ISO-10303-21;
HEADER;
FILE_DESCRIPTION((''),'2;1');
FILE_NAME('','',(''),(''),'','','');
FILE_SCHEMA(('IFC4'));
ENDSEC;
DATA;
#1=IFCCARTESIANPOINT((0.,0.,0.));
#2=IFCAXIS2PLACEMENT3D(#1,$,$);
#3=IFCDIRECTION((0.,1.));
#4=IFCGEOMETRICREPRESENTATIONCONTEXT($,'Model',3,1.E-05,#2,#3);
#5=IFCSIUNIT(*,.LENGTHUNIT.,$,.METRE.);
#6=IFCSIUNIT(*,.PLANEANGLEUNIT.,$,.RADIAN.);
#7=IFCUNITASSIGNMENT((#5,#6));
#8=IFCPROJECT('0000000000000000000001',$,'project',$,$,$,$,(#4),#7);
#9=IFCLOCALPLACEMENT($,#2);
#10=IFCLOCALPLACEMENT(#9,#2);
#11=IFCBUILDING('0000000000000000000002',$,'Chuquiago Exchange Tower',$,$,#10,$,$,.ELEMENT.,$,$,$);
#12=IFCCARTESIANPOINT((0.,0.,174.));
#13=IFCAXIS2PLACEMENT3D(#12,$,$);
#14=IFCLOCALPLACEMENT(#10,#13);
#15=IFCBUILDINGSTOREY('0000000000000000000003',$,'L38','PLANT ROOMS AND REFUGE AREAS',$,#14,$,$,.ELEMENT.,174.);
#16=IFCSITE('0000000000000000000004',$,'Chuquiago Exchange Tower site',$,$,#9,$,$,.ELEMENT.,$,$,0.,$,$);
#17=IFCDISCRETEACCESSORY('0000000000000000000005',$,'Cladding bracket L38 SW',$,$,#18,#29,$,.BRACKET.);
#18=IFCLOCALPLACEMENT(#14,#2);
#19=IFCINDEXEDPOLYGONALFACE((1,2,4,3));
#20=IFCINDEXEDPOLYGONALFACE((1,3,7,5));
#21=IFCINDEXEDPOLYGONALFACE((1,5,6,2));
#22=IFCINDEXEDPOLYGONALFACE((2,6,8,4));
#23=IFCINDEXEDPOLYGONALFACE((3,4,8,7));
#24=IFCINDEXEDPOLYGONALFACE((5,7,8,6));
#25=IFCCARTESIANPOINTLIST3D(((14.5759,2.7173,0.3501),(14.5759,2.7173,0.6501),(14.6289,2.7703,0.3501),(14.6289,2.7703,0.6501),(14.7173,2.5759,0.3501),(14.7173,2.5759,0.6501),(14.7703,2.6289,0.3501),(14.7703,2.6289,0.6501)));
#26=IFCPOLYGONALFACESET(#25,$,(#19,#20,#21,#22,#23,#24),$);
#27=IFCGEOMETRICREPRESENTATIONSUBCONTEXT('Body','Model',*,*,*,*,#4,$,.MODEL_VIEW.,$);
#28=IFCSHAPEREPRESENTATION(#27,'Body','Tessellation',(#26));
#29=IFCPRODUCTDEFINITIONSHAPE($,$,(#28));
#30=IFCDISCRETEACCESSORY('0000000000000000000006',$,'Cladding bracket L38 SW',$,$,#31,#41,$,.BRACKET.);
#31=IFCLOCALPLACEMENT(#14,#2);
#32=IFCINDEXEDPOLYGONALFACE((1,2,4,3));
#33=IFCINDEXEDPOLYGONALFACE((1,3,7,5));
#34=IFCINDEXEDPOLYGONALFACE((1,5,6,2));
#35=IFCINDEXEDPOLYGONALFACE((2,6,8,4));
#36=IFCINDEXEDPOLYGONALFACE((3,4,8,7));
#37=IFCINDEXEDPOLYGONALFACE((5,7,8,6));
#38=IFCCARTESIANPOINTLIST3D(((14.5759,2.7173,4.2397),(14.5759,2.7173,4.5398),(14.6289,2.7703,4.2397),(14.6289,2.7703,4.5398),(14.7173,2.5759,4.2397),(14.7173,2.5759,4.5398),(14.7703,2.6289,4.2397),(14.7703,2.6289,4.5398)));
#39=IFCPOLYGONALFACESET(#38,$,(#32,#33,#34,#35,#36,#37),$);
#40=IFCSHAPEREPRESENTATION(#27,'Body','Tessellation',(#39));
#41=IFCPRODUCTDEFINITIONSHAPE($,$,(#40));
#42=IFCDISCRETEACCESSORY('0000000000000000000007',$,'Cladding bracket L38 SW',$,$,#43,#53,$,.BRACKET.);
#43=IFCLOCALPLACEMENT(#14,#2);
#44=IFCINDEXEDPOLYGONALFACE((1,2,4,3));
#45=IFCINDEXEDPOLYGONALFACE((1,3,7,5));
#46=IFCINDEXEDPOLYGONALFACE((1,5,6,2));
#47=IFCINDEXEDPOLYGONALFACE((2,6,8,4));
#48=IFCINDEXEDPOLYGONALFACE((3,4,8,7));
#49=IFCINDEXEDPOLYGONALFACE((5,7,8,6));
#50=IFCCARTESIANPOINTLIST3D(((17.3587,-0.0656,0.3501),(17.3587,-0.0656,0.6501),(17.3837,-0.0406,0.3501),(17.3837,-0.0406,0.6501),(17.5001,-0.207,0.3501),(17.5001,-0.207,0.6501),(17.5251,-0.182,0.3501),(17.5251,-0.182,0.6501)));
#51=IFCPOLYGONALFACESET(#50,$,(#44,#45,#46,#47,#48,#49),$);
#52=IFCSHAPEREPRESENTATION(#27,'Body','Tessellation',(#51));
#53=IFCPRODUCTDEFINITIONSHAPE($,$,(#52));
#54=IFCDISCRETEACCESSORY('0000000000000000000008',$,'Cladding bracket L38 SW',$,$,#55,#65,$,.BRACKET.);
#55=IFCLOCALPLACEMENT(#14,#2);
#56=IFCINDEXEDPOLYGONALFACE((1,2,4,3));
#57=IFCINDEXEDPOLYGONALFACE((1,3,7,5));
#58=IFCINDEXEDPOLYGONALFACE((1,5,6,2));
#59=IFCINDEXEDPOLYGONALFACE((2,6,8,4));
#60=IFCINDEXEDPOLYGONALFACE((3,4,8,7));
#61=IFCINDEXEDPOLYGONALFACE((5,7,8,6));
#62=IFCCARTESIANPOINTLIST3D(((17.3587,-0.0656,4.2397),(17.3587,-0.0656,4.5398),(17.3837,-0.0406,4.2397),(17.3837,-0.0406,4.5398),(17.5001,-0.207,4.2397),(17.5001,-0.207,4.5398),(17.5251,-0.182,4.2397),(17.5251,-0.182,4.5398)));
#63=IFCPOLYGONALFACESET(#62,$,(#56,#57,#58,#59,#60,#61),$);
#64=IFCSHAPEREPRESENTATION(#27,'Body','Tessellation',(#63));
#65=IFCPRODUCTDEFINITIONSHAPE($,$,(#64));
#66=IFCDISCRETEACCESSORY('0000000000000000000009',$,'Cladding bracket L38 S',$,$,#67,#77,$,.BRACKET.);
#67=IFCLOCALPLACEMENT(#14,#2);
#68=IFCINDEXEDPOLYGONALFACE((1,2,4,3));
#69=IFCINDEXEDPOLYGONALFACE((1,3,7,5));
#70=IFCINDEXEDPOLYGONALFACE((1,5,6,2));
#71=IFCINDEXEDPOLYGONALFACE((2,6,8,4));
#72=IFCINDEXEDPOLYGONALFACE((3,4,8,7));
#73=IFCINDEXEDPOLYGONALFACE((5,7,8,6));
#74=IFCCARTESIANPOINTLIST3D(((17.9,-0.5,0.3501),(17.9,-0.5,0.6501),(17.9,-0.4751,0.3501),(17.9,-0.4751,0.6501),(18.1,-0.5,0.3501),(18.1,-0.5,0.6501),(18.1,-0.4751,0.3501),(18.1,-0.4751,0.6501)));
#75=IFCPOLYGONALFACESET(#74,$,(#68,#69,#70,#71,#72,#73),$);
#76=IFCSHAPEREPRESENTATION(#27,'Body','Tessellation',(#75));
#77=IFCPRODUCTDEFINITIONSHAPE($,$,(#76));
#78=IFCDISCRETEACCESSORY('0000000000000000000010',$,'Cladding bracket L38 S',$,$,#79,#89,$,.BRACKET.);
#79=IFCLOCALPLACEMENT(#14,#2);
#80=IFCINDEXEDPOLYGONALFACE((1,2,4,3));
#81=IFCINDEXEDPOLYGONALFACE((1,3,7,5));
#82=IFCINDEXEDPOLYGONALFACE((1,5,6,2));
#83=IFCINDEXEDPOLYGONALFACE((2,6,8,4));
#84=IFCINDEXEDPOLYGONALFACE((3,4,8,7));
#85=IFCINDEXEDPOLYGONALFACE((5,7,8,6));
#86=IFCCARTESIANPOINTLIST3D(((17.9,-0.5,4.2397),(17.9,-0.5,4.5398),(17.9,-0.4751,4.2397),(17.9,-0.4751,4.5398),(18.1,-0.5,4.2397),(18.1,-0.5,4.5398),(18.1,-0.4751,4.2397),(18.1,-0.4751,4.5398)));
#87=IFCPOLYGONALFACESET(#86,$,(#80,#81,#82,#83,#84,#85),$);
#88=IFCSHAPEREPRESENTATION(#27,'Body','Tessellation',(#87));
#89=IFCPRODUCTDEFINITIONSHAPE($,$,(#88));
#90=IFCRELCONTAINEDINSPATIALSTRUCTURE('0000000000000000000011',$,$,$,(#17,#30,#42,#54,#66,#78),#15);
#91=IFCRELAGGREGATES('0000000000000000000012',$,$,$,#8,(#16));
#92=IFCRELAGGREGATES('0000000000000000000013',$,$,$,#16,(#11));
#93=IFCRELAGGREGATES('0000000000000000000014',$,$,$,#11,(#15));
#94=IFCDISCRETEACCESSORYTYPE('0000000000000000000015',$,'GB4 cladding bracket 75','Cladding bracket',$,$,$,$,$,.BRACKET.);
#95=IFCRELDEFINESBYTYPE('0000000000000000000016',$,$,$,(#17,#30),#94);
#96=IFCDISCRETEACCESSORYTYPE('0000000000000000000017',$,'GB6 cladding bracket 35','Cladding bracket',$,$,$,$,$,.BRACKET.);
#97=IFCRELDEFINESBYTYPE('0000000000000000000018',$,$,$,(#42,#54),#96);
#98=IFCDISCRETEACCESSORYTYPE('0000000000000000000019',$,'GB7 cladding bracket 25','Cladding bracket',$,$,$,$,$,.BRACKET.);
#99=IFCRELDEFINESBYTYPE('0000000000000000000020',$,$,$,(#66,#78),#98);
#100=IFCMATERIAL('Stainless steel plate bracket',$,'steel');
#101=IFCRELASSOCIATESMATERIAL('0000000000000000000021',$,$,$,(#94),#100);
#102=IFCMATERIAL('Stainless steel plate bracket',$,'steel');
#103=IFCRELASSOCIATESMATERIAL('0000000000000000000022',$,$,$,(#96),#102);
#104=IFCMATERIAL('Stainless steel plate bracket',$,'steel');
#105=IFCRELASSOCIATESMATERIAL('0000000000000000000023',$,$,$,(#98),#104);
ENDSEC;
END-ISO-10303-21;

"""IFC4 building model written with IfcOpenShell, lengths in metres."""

from ifc_helpers import new_model, si_unit, direction, frame, origin, origin_2d, place, context, subcontext, project, spatial, rectangle, extrude, material, type_object, element, save


model = new_model("IFC4")

# Units and contexts
model_context = context("Model", 3, precision=1e-05, world=origin(), true_north=direction((0.0, 1.0)))
body_context = subcontext(model_context, "Body", "Model", "MODEL_VIEW")
ifc_project = project(units=[si_unit("LENGTHUNIT", "METRE"), si_unit("PLANEANGLEUNIT", "RADIAN")], contexts=[model_context])

# Site, building, storey
site_placement = place(None, origin())
site = spatial("IfcSite", under=ifc_project, at=site_placement, Name="Chuquiago Exchange Tower site", CompositionType="ELEMENT", RefElevation=0.0)
building_placement = place(site_placement, origin())
building = spatial("IfcBuilding", under=site, at=building_placement, Name="Chuquiago Exchange Tower", CompositionType="ELEMENT")
storey_placement = place(building_placement, frame((0.0, 0.0, 174.0)))
storey = spatial("IfcBuildingStorey", under=building, at=storey_placement, Name="L38", Description="PLANT ROOMS AND REFUGE AREAS", CompositionType="ELEMENT", Elevation=174.0)

# Discrete accessories
ifc_material_1 = material(Name="Stainless steel plate bracket", Category="steel")
discrete_accessory_type_1 = type_object("IfcDiscreteAccessoryType", Name="GB4 cladding bracket 75", Description="Cladding bracket", PredefinedType="BRACKET", material=ifc_material_1)
for number, where, z_axis, x_axis, name in (
    (1, (14.6731, 2.6731, 0.3501), (0.0, 0.0, 1.0), (0.707107, -0.707107, 0.0), "Cladding bracket L38 SW"),
    (2, (14.6731, 2.6731, 4.2397), (0.0, 0.0, 1.0), (0.707107, -0.707107, 0.0), "Cladding bracket L38 SW"),
):
    element("IfcDiscreteAccessory", number, at=place(storey_placement, frame(where, z_axis=z_axis, x_axis=x_axis)), inside=storey, type_object=discrete_accessory_type_1, Name=name, PredefinedType="BRACKET", context=body_context, shape_type="SweptSolid", body=[
        extrude(rectangle(XDim=0.2, YDim=0.075, at=origin_2d()), origin(), (0.0, 0.0, 1.0), 0.3),
    ])
ifc_material_2 = material(Name="Stainless steel plate bracket", Category="steel")
discrete_accessory_type_2 = type_object("IfcDiscreteAccessoryType", Name="GB6 cladding bracket 35", Description="Cladding bracket", PredefinedType="BRACKET", material=ifc_material_2)
for number, where, z_axis, x_axis, name in (
    (3, (17.4419, -0.1238, 0.3501), (0.0, 0.0, 1.0), (0.707107, -0.707107, 0.0), "Cladding bracket L38 SW"),
    (4, (17.4419, -0.1238, 4.2397), (0.0, 0.0, 1.0), (0.707107, -0.707107, 0.0), "Cladding bracket L38 SW"),
):
    element("IfcDiscreteAccessory", number, at=place(storey_placement, frame(where, z_axis=z_axis, x_axis=x_axis)), inside=storey, type_object=discrete_accessory_type_2, Name=name, PredefinedType="BRACKET", context=body_context, shape_type="SweptSolid", body=[
        extrude(rectangle(XDim=0.2, YDim=0.0354, at=origin_2d()), origin(), (0.0, 0.0, 1.0), 0.3),
    ])
ifc_material_3 = material(Name="Stainless steel plate bracket", Category="steel")
discrete_accessory_type_3 = type_object("IfcDiscreteAccessoryType", Name="GB7 cladding bracket 25", Description="Cladding bracket", PredefinedType="BRACKET", material=ifc_material_3)
for number, where, z_axis, x_axis, name in (
    (5, (18.0, -0.4875, 0.3501), (0.0, 0.0, 1.0), (1.0, 0.0, 0.0), "Cladding bracket L38 S"),
    (6, (18.0, -0.4875, 4.2397), (0.0, 0.0, 1.0), (1.0, 0.0, 0.0), "Cladding bracket L38 S"),
):
    element("IfcDiscreteAccessory", number, at=place(storey_placement, frame(where, z_axis=z_axis, x_axis=x_axis)), inside=storey, type_object=discrete_accessory_type_3, Name=name, PredefinedType="BRACKET", context=body_context, shape_type="SweptSolid", body=[
        extrude(rectangle(XDim=0.2, YDim=0.0249, at=origin_2d()), origin(), (0.0, 0.0, 1.0), 0.3),
    ])

save(model, "model.ifc")
